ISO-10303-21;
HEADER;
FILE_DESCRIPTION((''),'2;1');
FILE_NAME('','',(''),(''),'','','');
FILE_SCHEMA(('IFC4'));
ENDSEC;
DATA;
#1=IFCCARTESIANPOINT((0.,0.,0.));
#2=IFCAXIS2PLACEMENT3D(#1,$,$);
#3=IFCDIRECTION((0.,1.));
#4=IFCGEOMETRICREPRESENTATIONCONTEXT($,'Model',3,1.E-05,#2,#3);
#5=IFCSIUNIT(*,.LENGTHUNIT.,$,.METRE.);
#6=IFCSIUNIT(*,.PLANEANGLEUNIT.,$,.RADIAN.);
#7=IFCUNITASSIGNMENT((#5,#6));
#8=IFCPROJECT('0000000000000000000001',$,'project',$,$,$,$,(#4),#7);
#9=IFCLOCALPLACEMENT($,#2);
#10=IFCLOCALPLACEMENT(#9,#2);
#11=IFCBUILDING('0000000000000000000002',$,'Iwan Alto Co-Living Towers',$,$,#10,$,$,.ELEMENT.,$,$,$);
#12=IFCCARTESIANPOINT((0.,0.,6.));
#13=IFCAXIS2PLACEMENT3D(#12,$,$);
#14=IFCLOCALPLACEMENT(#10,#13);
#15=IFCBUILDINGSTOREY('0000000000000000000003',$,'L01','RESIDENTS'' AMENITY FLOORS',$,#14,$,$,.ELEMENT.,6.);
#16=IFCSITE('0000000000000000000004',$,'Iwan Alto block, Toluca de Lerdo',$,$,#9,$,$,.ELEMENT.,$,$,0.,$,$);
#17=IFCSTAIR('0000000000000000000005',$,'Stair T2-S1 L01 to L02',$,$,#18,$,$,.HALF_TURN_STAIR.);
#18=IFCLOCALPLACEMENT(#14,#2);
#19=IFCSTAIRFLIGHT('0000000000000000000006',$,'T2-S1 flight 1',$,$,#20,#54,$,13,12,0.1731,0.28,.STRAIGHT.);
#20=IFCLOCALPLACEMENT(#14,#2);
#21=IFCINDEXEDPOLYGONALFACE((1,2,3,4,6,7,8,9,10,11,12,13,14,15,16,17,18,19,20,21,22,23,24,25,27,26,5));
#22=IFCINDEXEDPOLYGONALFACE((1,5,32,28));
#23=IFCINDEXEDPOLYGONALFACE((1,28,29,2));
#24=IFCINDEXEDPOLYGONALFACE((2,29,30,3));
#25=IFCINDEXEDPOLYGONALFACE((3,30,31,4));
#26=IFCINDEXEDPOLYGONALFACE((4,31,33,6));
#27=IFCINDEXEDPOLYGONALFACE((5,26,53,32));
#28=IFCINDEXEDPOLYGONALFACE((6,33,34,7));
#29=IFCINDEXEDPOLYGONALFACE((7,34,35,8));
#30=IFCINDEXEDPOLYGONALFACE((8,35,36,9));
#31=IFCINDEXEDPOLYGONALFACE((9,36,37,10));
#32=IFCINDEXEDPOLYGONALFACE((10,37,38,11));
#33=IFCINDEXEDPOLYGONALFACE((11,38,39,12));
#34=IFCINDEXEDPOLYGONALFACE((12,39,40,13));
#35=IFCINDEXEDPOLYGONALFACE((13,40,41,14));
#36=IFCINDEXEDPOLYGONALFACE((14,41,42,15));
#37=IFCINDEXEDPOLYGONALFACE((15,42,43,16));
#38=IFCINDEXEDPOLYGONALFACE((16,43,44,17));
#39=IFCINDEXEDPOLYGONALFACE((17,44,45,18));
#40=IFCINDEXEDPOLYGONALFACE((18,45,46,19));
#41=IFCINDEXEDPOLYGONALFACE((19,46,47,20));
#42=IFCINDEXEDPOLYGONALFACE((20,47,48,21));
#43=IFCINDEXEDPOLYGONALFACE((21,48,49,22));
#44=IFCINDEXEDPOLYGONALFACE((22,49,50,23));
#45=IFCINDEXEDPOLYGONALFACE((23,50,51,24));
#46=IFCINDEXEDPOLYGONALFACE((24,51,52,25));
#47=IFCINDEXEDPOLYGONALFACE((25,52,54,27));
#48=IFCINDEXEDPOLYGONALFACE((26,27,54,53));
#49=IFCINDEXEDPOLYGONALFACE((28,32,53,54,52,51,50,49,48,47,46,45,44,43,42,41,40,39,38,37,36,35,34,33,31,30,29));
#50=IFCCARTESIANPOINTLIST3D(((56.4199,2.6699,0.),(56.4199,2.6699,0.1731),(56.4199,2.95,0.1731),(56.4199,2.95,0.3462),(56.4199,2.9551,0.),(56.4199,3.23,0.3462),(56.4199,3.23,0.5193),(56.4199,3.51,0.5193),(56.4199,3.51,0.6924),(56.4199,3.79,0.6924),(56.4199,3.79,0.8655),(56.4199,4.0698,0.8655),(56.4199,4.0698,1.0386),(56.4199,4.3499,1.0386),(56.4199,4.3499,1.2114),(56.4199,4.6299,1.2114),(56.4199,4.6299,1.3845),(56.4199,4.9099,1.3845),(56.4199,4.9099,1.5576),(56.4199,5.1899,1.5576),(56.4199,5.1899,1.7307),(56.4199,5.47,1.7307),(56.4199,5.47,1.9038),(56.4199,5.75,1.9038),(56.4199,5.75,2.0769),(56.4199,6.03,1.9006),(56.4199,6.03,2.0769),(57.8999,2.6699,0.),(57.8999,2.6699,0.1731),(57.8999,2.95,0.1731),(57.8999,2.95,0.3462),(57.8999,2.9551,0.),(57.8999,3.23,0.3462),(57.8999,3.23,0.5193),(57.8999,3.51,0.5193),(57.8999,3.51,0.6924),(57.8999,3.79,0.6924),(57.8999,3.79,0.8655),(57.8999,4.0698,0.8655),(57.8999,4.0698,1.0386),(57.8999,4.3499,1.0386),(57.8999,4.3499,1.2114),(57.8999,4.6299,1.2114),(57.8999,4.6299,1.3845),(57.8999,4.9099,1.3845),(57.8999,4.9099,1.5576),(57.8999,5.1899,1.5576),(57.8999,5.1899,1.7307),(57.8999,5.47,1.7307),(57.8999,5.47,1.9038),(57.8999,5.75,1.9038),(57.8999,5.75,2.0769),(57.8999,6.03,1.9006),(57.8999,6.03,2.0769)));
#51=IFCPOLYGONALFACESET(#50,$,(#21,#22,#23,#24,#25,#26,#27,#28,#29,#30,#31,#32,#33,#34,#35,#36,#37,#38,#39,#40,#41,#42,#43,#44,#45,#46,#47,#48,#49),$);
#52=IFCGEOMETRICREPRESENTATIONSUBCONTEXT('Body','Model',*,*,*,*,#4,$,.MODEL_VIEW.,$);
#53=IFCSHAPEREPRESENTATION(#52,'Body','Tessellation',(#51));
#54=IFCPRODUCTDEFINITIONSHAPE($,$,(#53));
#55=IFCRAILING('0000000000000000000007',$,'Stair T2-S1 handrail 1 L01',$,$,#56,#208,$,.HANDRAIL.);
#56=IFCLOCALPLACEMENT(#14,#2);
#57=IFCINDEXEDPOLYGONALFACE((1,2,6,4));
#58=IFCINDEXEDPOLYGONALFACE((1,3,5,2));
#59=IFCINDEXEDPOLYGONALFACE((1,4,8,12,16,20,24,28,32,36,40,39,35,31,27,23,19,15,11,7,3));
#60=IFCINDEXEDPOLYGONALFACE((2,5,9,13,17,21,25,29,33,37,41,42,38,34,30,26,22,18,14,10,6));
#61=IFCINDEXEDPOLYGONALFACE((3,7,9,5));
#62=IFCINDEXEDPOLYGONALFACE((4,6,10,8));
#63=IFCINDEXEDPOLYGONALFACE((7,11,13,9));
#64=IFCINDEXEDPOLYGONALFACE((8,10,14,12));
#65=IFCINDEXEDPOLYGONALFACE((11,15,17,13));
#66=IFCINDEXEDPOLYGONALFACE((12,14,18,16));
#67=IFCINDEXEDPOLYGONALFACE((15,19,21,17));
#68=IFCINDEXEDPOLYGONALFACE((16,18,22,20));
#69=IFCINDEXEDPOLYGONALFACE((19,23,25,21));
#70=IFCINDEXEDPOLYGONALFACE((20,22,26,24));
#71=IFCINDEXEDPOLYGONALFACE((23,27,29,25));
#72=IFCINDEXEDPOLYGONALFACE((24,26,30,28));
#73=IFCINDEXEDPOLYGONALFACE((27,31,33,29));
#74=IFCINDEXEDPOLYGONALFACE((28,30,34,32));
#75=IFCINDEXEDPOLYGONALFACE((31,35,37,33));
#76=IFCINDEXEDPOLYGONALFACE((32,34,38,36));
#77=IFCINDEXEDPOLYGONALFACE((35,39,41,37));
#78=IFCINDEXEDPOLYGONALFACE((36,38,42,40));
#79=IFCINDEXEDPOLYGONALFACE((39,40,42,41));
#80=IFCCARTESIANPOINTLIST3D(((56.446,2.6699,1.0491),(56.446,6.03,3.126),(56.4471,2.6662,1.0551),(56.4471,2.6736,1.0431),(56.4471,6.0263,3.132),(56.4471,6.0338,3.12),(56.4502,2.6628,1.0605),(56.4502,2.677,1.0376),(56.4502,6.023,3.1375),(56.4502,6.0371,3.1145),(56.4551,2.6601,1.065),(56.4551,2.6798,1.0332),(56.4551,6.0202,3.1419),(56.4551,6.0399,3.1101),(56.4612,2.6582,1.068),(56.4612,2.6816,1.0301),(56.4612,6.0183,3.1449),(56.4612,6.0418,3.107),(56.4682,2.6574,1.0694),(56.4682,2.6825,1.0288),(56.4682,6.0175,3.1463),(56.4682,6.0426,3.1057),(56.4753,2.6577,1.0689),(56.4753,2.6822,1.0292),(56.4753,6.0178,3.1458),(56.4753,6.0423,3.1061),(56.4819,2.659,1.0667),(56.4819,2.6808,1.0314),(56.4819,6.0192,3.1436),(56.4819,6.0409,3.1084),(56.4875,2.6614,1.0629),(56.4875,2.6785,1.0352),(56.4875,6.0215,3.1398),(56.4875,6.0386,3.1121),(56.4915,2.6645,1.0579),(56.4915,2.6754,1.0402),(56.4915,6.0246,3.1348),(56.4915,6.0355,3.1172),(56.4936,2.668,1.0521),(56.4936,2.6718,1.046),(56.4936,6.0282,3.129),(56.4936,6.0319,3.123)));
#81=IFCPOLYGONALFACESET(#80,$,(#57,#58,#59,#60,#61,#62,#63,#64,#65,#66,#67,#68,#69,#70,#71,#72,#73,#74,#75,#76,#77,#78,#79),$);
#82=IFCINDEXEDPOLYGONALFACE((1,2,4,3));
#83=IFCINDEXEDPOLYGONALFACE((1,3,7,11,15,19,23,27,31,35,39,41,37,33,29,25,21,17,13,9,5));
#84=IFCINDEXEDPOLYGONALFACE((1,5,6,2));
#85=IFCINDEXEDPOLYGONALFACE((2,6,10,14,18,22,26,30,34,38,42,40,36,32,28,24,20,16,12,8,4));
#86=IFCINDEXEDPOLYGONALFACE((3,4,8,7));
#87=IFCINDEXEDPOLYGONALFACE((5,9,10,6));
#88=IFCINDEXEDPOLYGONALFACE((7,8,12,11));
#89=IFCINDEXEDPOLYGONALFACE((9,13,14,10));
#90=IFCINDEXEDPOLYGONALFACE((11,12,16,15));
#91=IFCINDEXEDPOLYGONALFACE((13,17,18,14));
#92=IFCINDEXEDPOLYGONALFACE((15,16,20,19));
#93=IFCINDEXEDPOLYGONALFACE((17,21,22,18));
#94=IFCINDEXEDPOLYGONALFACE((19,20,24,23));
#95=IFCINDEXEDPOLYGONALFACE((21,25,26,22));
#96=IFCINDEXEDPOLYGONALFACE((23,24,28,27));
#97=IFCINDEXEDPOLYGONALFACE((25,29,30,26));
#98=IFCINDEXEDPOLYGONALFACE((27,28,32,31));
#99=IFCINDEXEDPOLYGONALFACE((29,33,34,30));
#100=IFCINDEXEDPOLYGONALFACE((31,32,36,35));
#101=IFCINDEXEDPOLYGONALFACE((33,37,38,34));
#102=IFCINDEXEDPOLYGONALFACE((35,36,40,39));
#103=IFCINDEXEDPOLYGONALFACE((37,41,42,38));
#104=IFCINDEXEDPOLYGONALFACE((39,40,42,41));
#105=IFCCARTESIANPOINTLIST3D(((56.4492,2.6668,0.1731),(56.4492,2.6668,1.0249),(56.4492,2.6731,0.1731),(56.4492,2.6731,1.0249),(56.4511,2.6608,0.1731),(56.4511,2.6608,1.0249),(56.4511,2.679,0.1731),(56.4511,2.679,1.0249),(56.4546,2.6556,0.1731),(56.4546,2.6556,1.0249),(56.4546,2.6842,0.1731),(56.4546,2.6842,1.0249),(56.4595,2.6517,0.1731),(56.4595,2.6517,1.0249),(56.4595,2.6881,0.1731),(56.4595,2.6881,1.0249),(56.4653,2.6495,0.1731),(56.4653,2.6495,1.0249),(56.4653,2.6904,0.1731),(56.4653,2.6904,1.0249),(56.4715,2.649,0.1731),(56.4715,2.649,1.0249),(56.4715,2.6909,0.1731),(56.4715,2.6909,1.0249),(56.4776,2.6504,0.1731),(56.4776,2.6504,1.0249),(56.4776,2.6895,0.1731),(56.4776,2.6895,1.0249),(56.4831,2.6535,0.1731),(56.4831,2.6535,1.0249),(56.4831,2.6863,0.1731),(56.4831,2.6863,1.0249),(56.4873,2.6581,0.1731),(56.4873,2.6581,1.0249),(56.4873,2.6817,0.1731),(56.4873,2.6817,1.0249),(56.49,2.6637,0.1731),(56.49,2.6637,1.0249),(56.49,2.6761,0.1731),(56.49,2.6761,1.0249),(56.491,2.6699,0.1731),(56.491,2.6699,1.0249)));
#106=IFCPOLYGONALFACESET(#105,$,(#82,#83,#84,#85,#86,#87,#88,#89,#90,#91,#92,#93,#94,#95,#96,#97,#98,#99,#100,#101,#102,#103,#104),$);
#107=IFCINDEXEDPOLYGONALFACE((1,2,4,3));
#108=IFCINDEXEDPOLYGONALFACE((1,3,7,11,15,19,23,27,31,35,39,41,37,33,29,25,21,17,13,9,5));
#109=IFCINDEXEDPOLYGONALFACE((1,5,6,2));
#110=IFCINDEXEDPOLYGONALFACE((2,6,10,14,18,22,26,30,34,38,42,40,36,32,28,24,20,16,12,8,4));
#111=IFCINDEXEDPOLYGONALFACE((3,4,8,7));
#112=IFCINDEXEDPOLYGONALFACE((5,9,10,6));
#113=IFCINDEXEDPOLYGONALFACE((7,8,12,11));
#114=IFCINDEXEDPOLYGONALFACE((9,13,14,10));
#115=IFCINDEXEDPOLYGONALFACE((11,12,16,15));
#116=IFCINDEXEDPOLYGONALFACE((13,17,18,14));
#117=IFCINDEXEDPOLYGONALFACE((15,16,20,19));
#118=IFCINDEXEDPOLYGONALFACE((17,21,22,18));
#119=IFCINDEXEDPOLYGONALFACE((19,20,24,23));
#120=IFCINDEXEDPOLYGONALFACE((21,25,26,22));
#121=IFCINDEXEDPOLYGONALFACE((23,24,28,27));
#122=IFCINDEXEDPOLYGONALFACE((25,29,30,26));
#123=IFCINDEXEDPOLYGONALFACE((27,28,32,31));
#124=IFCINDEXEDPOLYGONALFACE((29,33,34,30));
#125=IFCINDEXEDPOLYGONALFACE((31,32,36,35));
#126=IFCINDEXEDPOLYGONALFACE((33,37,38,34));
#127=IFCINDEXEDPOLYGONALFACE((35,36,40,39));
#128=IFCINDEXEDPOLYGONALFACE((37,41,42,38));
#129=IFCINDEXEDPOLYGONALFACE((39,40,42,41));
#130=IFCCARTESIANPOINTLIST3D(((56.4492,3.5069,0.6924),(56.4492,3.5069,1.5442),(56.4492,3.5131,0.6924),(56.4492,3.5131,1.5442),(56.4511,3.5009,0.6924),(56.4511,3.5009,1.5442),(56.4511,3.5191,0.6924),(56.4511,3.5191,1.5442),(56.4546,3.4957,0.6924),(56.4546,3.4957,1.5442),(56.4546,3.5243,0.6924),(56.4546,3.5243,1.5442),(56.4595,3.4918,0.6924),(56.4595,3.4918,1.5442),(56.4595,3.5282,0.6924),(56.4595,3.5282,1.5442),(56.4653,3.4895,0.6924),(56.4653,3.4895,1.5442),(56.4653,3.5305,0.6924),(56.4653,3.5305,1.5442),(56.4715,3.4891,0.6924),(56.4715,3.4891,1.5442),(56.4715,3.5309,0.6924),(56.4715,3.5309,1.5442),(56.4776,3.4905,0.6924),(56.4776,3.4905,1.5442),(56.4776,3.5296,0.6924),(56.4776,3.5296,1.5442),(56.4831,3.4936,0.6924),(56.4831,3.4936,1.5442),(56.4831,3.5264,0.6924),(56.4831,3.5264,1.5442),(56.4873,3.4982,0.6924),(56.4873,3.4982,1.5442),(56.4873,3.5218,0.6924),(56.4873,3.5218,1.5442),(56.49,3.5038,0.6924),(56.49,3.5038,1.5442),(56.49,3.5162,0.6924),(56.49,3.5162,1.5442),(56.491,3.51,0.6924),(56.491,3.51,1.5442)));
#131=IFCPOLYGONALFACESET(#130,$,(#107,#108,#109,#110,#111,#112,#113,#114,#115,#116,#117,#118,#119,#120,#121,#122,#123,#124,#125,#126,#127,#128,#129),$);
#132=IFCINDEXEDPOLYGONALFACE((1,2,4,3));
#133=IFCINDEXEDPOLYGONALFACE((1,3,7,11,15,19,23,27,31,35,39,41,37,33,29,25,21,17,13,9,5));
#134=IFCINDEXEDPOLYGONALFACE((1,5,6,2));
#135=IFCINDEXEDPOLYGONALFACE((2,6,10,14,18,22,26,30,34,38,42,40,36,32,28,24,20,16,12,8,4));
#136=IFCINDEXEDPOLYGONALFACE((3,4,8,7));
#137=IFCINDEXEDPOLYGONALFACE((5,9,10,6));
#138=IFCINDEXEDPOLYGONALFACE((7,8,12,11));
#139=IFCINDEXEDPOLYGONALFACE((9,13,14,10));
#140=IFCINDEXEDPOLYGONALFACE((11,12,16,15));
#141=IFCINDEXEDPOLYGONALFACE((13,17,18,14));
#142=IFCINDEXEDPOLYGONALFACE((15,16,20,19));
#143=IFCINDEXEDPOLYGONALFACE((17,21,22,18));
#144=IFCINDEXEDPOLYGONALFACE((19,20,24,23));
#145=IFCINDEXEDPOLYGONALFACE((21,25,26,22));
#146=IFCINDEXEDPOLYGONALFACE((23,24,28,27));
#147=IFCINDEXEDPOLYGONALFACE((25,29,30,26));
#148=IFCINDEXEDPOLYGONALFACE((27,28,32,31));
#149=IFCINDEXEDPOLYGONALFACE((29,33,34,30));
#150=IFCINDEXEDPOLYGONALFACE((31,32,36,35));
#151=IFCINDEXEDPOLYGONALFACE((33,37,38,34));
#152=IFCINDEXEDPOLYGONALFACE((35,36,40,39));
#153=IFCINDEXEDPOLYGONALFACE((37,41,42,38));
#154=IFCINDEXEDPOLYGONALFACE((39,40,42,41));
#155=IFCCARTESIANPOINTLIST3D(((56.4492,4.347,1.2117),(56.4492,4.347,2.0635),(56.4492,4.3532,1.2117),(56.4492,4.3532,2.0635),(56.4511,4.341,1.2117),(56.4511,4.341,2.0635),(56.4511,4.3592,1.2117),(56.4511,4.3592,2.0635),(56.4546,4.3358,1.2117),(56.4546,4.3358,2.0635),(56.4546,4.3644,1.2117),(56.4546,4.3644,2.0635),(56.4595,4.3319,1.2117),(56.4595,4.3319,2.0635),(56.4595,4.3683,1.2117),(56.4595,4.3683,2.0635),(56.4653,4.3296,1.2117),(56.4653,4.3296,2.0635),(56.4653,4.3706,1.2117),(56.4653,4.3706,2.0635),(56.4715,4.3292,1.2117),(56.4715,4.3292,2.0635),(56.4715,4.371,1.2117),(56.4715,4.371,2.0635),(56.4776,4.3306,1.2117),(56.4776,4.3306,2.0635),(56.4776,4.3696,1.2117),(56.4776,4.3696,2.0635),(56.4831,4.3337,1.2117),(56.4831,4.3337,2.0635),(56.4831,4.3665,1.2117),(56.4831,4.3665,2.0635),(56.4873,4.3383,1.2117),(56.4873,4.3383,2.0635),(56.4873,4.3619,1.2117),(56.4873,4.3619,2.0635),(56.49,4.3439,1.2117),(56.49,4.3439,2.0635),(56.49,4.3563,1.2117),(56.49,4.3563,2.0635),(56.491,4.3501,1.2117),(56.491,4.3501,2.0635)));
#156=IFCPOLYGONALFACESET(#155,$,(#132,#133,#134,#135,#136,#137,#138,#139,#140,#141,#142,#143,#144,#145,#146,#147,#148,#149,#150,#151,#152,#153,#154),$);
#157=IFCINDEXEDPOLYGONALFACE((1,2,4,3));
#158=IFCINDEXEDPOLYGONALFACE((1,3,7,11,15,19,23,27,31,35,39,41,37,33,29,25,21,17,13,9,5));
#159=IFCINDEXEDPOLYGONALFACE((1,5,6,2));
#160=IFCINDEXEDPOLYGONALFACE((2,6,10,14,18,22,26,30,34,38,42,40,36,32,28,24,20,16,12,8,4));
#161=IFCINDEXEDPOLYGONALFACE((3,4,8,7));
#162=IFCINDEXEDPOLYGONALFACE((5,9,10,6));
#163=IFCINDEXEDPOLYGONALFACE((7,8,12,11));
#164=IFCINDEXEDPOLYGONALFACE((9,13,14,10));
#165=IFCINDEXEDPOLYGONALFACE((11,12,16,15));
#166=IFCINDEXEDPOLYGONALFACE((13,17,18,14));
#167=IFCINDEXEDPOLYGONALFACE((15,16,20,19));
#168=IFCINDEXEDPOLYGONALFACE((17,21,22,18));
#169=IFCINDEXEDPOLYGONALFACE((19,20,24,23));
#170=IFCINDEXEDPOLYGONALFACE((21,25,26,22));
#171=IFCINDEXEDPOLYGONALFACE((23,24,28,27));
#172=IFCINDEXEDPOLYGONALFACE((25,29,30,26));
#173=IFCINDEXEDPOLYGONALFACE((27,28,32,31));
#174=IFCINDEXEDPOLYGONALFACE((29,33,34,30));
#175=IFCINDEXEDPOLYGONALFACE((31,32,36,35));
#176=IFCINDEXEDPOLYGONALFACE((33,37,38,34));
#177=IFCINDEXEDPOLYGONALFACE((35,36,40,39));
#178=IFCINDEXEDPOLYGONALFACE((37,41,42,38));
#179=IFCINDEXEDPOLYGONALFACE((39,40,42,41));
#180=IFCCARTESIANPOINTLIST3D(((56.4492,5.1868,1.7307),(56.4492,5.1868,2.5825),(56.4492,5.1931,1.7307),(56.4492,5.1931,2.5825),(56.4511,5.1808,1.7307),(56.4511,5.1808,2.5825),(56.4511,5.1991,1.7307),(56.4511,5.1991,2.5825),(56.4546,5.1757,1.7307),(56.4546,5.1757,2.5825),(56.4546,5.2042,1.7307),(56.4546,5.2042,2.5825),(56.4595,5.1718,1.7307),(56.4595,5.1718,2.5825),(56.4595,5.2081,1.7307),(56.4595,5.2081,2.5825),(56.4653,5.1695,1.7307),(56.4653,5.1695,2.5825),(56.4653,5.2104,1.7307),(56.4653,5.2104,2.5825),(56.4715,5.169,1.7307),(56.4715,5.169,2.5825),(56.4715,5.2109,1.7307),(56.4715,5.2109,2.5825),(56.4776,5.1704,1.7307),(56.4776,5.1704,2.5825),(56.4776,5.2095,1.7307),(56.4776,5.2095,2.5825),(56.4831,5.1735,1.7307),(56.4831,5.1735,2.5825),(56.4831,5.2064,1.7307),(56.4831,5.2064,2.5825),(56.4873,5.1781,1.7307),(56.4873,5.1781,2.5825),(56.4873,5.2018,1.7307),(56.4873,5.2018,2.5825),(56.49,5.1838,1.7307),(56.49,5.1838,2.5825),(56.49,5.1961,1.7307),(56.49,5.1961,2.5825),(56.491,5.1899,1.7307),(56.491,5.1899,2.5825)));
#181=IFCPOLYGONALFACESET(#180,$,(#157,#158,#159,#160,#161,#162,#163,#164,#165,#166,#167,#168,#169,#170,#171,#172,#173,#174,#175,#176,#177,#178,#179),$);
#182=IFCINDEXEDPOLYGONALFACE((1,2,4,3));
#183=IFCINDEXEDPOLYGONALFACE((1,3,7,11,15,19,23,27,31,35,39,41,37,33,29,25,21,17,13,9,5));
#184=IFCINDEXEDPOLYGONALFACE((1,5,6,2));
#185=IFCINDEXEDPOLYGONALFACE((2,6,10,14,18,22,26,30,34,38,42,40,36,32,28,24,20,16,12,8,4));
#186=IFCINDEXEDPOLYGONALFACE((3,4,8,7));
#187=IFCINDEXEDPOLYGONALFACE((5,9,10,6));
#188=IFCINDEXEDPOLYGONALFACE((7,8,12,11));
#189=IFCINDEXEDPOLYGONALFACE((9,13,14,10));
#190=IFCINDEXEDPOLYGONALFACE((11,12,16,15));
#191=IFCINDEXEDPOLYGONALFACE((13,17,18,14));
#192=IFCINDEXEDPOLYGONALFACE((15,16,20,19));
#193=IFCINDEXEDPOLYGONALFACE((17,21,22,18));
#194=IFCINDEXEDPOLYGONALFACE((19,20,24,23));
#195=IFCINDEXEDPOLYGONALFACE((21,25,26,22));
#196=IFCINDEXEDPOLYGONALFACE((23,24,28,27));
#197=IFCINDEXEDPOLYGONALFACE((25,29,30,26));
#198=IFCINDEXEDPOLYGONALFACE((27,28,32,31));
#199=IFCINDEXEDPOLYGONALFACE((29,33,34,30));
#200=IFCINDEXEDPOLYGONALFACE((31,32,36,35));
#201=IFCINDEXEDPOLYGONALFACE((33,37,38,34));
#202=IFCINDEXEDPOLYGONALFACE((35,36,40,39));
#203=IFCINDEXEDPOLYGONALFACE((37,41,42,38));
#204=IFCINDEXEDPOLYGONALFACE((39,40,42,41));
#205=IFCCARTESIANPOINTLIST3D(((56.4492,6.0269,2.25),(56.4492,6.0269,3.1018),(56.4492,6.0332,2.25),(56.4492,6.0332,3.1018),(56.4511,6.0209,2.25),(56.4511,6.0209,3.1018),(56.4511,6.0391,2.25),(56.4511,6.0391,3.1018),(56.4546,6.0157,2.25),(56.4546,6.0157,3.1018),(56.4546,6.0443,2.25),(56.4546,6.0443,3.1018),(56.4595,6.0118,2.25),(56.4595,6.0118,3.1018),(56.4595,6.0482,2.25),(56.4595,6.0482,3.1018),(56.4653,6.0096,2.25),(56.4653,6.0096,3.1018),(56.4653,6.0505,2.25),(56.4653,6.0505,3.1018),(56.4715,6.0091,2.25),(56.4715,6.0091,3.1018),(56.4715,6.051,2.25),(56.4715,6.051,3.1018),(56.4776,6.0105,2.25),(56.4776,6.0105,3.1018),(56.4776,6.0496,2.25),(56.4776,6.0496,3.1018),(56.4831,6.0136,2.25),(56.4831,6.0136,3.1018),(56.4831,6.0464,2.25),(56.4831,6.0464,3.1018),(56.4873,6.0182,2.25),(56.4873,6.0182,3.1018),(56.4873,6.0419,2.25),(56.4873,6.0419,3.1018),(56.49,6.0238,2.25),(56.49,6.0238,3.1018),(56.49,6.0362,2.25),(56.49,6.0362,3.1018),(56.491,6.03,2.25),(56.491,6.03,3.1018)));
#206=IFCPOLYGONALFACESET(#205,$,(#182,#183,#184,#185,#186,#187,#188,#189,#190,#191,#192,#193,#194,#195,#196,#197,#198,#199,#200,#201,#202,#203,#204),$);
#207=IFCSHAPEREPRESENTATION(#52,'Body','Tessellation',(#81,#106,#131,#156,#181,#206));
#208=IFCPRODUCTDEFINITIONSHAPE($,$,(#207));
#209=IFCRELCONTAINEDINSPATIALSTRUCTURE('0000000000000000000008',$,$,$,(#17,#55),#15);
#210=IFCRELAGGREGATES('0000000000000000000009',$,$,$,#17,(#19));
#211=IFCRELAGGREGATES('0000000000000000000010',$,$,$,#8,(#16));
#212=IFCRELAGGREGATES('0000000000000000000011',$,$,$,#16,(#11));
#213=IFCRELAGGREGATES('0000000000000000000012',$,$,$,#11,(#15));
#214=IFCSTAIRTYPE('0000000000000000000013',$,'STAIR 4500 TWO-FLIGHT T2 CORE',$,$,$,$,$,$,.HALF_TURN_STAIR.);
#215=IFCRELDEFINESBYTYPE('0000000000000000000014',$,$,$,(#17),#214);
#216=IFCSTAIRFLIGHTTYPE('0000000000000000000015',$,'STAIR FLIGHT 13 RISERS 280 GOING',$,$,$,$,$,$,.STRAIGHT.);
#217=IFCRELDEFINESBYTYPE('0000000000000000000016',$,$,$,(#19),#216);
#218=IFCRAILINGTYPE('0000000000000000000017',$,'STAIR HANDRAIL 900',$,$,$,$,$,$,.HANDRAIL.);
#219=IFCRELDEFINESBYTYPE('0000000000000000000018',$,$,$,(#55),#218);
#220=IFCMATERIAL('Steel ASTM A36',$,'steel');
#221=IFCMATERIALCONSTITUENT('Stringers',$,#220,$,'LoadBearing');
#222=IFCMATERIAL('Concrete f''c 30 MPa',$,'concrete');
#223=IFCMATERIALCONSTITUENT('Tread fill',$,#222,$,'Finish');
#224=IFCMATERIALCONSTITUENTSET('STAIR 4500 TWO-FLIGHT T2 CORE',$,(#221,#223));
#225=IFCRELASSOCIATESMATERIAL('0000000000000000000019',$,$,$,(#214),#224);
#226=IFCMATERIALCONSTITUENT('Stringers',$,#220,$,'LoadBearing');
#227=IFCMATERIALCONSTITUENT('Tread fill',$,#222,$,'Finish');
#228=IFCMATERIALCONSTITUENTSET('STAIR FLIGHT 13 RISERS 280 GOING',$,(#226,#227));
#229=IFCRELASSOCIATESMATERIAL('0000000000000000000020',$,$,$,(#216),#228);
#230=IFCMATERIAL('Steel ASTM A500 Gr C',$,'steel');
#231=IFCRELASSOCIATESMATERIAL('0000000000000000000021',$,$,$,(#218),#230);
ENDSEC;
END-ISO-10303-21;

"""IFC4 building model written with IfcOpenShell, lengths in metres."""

from ifc_helpers import new_model, si_unit, direction, frame, origin, origin_2d, place, context, subcontext, project, spatial, polyline, circle, outline, extrude, material, constituent, constituent_set, type_object, element, aggregate, save


model = new_model("IFC4")

# Units and contexts
model_context = context("Model", 3, precision=1e-05, world=origin(), true_north=direction((0.0, 1.0)))
body_context = subcontext(model_context, "Body", "Model", "MODEL_VIEW")
ifc_project = project(units=[si_unit("LENGTHUNIT", "METRE"), si_unit("PLANEANGLEUNIT", "RADIAN")], contexts=[model_context])

# Site, building, storey
site_placement = place(None, origin())
site = spatial("IfcSite", under=ifc_project, at=site_placement, Name="Iwan Alto block, Toluca de Lerdo", CompositionType="ELEMENT", RefElevation=0.0)
building_placement = place(site_placement, origin())
building = spatial("IfcBuilding", under=site, at=building_placement, Name="Iwan Alto Co-Living Towers", CompositionType="ELEMENT")
storey_placement = place(building_placement, frame((0.0, 0.0, 6.0)))
storey = spatial("IfcBuildingStorey", under=building, at=storey_placement, Name="L01", Description="RESIDENTS' AMENITY FLOORS", CompositionType="ELEMENT", Elevation=6.0)

# Stair, stair flight
ifc_material_1 = material(Name="Steel ASTM A36", Category="steel")
ifc_constituent_1 = constituent(ifc_material_1, Name="Stringers", Category="LoadBearing")
ifc_material_2 = material(Name="Concrete f'c 30 MPa", Category="concrete")
ifc_constituent_2 = constituent(ifc_material_2, Name="Tread fill", Category="Finish")
ifc_constituent_set_1 = constituent_set(constituents=[ifc_constituent_1, ifc_constituent_2], Name="STAIR 4500 TWO-FLIGHT T2 CORE")
stair_type = type_object("IfcStairType", Name="STAIR 4500 TWO-FLIGHT T2 CORE", PredefinedType="HALF_TURN_STAIR", material=ifc_constituent_set_1)
stair_placement = place(storey_placement, origin())
stair = element("IfcStair", 1, at=stair_placement, inside=storey, type_object=stair_type, Name="Stair T2-S1 L01 to L02", PredefinedType="HALF_TURN_STAIR")
ifc_constituent_3 = constituent(ifc_material_1, Name="Stringers", Category="LoadBearing")
ifc_constituent_4 = constituent(ifc_material_2, Name="Tread fill", Category="Finish")
ifc_constituent_set_2 = constituent_set(constituents=[ifc_constituent_3, ifc_constituent_4], Name="STAIR FLIGHT 13 RISERS 280 GOING")
stair_flight_type = type_object("IfcStairFlightType", Name="STAIR FLIGHT 13 RISERS 280 GOING", PredefinedType="STRAIGHT", material=ifc_constituent_set_2)
stair_flight_placement = place(storey_placement, frame((57.1599, 2.6699, 0.0), z_axis=(0.0, 0.0, 1.0), x_axis=(0.0, 1.0, 0.0)))
stair_flight = element("IfcStairFlight", 2, at=stair_flight_placement, type_object=stair_flight_type, Name="T2-S1 flight 1", NumberOfRisers=13, NumberOfTreads=12, PredefinedType="STRAIGHT", RiserHeight=0.1731, TreadLength=0.28, context=body_context, shape_type="SweptSolid", body=[
    extrude(outline(polyline([(0.0, 0.0), (0.0, 0.1731), (0.28, 0.1731), (0.28, 0.3462), (0.5601, 0.3462), (0.5601, 0.5193), (0.8401, 0.5193), (0.8401, 0.6924), (1.1201, 0.6924), (1.1201, 0.8655), (1.3999, 0.8655), (1.3999, 1.0386), (1.6799, 1.0386), (1.6799, 1.2114), (1.96, 1.2114), (1.96, 1.3845), (2.24, 1.3845), (2.24, 1.5576), (2.52, 1.5576), (2.52, 1.7307), (2.8, 1.7307), (2.8, 1.9038), (3.0801, 1.9038), (3.0801, 2.0769), (3.3601, 2.0769), (3.3601, 2.25), (3.3601, 1.9006), (0.2852, 0.0), (0.0, 0.0)])), frame((0.0, 0.74, 0.0), z_axis=(0.0, -1.0, 0.0), x_axis=(1.0, 0.0, 0.0)), (0.0, 0.0, 1.0), 1.48),
])
aggregate(stair, [stair_flight])

# Railing
ifc_material_3 = material(Name="Steel ASTM A500 Gr C", Category="steel")
railing_type_1 = type_object("IfcRailingType", Name="STAIR HANDRAIL 900", PredefinedType="HANDRAIL", material=ifc_material_3)
railing_1_placement = place(storey_placement, frame((56.47, 2.6699, 0.1731)))
element("IfcRailing", 3, at=railing_1_placement, inside=storey, type_object=railing_type_1, Name="Stair T2-S1 handrail 1 L01", PredefinedType="HANDRAIL", context=body_context, shape_type="SweptSolid", body=[
    extrude(circle(Radius=0.0239, at=origin_2d()), frame((0.0, 0.0, 0.876), z_axis=(0.0, 0.850623, 0.525776), x_axis=(-1.0, 0.0, 0.0)), (0.0, 0.0, 1.0), 3.9502),
    extrude(circle(Radius=0.021, at=origin_2d()), origin(), (0.0, 0.0, 1.0), 0.8518),
    extrude(circle(Radius=0.021, at=origin_2d()), frame((0.0, 0.8401, 0.5193)), (0.0, 0.0, 1.0), 0.8518),
    extrude(circle(Radius=0.021, at=origin_2d()), frame((0.0, 1.6802, 1.0386)), (0.0, 0.0, 1.0), 0.8518),
    extrude(circle(Radius=0.021, at=origin_2d()), frame((0.0, 2.52, 1.5576)), (0.0, 0.0, 1.0), 0.8518),
    extrude(circle(Radius=0.021, at=origin_2d()), frame((0.0, 3.3601, 2.0769)), (0.0, 0.0, 1.0), 0.8518),
])

save(model, "model.ifc")
